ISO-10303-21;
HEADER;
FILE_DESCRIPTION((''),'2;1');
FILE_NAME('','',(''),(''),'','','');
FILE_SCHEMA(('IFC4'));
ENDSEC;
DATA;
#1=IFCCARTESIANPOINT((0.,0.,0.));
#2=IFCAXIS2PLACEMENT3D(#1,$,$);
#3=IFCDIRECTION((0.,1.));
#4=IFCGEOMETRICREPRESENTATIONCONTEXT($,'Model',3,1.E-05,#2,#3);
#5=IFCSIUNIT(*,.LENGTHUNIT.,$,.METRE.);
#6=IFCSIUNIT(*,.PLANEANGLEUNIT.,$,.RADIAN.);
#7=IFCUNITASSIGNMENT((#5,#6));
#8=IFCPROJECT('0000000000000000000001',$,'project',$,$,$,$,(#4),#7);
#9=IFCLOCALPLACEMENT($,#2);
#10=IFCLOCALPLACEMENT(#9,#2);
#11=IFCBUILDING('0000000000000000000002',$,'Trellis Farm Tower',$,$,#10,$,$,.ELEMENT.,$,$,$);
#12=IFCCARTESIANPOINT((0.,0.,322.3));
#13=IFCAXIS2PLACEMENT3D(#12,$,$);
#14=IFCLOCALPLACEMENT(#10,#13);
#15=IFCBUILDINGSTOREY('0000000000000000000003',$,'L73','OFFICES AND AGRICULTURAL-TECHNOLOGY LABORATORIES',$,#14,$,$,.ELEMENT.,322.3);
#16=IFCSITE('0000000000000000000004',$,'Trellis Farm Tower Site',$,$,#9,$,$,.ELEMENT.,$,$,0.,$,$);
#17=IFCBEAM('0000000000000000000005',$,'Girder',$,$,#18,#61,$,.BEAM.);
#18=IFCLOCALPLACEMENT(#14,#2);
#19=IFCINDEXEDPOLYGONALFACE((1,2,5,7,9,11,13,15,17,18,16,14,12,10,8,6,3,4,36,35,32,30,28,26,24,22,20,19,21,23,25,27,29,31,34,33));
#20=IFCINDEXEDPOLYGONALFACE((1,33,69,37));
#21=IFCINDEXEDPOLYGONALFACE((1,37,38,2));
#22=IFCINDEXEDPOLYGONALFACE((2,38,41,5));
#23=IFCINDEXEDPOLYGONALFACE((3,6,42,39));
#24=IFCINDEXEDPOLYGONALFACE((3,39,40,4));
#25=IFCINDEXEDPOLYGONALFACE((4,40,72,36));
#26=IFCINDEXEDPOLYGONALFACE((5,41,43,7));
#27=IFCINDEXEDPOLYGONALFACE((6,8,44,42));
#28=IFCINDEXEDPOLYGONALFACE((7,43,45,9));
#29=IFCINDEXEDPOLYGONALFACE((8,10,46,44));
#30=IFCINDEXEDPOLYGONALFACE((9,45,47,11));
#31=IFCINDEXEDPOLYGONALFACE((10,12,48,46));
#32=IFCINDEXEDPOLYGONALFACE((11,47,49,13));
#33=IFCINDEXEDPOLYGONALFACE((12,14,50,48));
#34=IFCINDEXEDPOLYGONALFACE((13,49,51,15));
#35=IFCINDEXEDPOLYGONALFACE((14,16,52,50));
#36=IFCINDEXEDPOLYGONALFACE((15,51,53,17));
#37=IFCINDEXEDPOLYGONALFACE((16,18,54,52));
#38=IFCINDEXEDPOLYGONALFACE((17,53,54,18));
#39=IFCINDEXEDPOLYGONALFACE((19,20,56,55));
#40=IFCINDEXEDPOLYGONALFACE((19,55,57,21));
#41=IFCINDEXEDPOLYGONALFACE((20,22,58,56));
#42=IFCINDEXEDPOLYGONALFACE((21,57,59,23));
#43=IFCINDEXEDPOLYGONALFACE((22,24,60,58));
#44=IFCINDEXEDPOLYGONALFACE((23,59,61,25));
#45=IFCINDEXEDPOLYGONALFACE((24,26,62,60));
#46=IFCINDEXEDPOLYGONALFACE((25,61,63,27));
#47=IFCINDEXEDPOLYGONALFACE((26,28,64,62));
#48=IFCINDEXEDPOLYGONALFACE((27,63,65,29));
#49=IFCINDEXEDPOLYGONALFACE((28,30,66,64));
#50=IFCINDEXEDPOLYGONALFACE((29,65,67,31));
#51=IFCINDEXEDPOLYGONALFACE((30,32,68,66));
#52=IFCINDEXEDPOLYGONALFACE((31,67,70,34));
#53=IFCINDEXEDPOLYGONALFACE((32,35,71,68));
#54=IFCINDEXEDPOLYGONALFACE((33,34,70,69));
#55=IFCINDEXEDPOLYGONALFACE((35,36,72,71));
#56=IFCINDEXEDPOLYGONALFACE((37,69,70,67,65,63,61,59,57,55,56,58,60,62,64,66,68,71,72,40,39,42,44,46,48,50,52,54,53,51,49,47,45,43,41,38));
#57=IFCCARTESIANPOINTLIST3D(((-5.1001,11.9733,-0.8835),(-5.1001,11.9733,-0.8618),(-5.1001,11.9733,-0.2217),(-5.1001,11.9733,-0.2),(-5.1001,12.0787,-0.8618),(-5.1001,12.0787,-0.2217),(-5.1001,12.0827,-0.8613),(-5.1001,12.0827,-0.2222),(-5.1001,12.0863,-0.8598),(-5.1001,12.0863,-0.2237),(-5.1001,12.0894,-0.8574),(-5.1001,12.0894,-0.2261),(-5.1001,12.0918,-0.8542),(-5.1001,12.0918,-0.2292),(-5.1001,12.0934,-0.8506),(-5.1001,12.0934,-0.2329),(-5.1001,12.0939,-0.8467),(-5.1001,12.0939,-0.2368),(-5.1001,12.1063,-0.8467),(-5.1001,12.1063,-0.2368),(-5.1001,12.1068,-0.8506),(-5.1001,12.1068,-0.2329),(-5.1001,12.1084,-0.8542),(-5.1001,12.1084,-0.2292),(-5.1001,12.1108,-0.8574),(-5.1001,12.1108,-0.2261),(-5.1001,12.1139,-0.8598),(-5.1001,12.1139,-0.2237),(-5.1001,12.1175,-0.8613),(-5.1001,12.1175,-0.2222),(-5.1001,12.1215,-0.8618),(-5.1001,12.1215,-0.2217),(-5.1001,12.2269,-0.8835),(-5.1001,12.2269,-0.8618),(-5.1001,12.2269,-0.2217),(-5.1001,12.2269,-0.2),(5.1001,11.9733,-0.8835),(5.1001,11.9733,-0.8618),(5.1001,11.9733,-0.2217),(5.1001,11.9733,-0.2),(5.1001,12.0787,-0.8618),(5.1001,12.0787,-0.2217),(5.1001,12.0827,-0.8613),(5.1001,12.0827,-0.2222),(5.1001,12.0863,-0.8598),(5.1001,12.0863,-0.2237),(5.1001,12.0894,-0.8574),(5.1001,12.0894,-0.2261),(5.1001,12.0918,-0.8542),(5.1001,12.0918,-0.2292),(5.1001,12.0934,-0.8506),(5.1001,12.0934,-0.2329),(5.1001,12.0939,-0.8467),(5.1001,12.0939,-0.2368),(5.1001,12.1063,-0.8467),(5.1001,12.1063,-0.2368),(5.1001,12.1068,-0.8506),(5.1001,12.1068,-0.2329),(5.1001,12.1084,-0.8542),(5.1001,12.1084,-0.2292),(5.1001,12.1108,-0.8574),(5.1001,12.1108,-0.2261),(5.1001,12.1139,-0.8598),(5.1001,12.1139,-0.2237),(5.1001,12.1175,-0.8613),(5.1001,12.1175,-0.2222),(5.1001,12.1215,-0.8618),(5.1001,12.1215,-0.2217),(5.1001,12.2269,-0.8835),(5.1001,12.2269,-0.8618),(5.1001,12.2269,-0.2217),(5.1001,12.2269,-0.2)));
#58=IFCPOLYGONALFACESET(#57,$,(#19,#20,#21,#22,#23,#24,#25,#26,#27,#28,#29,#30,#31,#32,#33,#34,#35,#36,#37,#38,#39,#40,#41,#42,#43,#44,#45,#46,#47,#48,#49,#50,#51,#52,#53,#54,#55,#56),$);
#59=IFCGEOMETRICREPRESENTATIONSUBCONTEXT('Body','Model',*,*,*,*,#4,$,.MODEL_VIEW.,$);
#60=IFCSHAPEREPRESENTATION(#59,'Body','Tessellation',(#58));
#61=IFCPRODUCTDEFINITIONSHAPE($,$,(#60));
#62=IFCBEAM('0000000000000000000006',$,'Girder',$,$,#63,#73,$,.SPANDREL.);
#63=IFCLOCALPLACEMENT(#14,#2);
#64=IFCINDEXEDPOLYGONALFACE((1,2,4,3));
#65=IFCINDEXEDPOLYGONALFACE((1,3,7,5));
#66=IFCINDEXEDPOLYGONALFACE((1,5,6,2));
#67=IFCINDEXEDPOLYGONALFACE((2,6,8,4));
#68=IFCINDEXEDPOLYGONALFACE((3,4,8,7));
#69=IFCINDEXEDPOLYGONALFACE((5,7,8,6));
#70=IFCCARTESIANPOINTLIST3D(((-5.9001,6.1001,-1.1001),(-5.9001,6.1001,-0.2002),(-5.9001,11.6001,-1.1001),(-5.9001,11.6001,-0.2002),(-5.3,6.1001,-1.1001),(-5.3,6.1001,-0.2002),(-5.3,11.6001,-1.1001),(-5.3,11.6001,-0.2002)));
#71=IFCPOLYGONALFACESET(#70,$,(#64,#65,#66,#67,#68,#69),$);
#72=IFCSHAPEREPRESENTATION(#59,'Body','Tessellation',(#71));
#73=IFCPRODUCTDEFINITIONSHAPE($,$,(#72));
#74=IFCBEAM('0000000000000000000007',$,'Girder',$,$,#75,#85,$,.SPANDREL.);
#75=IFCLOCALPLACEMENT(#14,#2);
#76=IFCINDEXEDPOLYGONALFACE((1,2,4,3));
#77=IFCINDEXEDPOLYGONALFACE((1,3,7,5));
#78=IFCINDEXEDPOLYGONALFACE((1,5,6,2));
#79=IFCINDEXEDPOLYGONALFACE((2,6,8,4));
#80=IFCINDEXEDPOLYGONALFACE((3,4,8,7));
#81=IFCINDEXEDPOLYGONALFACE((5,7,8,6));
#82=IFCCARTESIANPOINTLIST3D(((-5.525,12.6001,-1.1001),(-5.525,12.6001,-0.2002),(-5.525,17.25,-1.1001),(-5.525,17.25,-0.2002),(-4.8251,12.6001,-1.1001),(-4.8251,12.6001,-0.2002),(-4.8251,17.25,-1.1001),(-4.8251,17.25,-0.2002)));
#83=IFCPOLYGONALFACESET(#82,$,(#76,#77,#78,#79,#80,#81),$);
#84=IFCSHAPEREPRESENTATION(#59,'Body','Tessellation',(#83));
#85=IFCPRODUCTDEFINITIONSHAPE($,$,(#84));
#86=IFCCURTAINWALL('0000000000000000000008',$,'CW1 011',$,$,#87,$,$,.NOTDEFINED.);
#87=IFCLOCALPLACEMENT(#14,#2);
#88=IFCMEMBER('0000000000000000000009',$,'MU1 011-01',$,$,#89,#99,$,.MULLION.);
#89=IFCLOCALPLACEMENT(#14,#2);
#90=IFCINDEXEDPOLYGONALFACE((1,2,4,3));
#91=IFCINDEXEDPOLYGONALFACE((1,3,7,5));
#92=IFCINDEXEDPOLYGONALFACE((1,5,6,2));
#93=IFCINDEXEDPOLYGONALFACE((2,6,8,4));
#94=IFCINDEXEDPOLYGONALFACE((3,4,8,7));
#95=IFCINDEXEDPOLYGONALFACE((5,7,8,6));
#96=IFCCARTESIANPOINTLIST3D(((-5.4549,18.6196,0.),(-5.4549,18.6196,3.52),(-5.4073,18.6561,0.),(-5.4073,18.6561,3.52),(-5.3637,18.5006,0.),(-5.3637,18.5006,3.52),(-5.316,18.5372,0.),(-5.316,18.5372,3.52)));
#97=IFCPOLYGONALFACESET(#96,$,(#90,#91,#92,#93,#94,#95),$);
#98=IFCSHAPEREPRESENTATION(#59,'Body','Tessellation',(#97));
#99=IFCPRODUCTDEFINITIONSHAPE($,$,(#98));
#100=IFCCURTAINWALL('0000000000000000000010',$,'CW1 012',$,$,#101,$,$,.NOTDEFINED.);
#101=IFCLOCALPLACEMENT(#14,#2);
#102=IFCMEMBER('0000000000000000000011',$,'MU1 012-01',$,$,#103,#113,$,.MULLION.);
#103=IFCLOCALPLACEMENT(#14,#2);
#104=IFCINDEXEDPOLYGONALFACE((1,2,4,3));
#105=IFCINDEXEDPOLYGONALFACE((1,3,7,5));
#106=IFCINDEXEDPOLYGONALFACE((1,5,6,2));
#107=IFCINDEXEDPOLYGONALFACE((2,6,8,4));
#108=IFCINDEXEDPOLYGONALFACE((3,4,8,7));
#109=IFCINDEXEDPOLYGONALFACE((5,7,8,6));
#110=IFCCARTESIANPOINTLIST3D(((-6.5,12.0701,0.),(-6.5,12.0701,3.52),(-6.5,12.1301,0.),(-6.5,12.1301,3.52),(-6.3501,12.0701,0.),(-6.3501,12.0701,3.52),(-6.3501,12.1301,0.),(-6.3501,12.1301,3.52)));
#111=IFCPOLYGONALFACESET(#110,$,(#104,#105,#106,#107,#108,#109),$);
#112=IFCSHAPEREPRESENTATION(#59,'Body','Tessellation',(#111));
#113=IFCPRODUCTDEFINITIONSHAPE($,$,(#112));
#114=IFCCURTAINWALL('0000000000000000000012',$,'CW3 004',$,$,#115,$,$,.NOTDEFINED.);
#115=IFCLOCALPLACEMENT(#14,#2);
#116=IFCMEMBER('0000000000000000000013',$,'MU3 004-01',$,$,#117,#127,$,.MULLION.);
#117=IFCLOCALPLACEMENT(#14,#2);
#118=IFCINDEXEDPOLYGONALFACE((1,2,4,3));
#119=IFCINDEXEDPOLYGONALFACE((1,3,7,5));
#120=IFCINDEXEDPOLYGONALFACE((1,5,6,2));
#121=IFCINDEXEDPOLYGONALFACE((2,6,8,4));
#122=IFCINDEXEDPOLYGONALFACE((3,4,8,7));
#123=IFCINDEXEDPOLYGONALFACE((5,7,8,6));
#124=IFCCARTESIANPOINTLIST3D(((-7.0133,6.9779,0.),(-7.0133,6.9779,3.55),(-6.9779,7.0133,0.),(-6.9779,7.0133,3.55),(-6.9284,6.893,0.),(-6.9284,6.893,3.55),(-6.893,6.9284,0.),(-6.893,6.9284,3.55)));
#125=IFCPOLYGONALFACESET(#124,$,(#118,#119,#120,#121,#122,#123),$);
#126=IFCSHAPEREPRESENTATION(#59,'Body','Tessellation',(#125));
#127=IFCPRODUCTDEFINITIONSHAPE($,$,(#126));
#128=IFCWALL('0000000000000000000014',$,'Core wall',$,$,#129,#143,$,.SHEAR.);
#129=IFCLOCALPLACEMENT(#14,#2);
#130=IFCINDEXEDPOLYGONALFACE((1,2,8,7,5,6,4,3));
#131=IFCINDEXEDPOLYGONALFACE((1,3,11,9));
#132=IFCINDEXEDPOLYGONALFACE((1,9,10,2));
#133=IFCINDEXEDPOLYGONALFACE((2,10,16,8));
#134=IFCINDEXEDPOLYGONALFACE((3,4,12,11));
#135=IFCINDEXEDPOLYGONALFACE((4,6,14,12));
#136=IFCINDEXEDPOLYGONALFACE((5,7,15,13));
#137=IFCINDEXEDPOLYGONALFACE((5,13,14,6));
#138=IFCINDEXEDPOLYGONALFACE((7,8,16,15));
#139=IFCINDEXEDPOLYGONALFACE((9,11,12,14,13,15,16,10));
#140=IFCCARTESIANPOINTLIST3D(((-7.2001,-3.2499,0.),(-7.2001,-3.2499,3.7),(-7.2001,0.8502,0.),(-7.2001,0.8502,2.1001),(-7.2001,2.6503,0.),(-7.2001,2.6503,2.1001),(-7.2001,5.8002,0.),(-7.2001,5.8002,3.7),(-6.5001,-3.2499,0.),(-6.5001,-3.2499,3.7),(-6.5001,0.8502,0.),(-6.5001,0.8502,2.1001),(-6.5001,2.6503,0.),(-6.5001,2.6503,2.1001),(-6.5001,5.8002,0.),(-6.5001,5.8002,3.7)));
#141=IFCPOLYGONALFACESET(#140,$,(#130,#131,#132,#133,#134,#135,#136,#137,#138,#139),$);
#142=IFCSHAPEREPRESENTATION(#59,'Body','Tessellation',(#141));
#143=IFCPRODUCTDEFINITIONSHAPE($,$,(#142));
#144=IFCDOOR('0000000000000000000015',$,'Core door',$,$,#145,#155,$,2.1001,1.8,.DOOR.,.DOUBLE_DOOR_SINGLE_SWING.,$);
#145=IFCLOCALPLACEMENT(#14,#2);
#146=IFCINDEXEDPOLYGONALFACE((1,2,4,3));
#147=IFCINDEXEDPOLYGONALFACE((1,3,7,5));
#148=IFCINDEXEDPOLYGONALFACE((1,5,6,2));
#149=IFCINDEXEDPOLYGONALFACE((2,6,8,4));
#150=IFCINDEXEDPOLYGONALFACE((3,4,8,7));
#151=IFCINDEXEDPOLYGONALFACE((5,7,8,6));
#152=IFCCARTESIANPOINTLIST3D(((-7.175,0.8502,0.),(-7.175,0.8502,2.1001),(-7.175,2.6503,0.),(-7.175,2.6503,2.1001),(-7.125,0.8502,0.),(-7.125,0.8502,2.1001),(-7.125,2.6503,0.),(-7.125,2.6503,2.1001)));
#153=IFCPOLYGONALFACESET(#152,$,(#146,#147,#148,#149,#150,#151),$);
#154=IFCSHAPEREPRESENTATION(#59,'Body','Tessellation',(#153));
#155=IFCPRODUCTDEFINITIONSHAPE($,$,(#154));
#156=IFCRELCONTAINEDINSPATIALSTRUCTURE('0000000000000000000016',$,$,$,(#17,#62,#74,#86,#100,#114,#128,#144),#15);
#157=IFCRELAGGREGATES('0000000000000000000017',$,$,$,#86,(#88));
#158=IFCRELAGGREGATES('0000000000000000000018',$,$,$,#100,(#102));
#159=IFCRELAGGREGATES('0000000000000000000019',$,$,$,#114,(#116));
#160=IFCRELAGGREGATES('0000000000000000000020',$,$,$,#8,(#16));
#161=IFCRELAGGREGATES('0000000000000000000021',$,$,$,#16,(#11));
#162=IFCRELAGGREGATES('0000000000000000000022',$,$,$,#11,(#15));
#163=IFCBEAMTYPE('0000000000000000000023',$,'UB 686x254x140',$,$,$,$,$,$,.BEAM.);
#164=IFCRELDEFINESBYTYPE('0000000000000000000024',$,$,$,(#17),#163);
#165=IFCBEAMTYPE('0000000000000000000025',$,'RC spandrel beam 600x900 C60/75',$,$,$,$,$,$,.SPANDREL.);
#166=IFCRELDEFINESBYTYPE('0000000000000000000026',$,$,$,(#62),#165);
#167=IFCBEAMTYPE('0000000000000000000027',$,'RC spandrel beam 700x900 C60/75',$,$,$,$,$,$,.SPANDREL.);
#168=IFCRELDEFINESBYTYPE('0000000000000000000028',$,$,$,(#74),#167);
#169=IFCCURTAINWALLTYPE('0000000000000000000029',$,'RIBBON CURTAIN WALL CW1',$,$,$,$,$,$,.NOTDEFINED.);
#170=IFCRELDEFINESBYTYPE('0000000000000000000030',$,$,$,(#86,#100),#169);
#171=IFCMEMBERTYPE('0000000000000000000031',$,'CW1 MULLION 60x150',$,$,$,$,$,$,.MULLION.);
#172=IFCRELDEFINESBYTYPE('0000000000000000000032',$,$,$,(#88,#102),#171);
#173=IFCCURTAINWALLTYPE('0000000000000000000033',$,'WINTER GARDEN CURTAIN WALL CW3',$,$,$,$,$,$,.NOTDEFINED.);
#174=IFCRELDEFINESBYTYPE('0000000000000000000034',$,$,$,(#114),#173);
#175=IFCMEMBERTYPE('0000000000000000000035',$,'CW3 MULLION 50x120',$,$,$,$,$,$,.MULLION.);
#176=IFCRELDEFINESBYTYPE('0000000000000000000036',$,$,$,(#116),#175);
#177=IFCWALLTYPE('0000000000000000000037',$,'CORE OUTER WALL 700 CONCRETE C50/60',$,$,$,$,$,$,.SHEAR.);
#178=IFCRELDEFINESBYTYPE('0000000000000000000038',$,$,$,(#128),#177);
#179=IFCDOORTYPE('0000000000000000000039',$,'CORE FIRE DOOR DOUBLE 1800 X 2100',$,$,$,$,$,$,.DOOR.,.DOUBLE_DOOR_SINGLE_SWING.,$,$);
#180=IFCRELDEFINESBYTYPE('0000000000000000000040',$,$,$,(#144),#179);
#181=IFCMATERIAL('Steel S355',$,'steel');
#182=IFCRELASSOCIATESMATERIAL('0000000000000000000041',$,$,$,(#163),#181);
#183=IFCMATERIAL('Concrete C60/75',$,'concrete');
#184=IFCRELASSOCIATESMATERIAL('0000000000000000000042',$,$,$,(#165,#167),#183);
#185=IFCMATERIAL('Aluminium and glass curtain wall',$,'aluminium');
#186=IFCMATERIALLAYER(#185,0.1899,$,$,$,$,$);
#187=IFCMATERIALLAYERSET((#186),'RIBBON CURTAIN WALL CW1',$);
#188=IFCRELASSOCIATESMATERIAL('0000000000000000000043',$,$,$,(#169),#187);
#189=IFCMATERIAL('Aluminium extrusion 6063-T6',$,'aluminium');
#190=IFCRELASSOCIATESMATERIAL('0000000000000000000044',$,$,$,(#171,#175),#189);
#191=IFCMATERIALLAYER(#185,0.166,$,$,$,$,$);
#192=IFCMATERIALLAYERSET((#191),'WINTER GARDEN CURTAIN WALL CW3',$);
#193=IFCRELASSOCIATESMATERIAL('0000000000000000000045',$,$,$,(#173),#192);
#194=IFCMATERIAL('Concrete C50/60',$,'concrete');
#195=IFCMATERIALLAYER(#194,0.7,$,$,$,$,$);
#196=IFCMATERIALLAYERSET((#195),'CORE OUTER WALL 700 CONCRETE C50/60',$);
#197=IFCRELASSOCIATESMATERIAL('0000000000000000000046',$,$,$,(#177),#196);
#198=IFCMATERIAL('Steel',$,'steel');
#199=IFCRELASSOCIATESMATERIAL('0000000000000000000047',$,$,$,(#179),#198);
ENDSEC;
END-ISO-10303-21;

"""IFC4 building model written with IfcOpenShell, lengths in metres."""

from ifc_helpers import new_model, si_unit, direction, frame, frame_2d, origin, origin_2d, place, context, subcontext, project, spatial, rectangle, i_section, extrude, source, transform, mapped, material, layer, layer_set, material_profile, profile_set, type_object, element, fill, aggregate, save


model = new_model("IFC4")

# Units and contexts
model_context = context("Model", 3, precision=1e-05, world=origin(), true_north=direction((0.0, 1.0)))
body_context = subcontext(model_context, "Body", "Model", "MODEL_VIEW")
ifc_project = project(units=[si_unit("LENGTHUNIT", "METRE"), si_unit("PLANEANGLEUNIT", "RADIAN")], contexts=[model_context])

# Site, building, storey
site_placement = place(None, origin())
site = spatial("IfcSite", under=ifc_project, at=site_placement, Name="Trellis Farm Tower Site", CompositionType="ELEMENT", RefElevation=0.0)
building_placement = place(site_placement, origin())
building = spatial("IfcBuilding", under=site, at=building_placement, Name="Trellis Farm Tower", CompositionType="ELEMENT")
storey_placement = place(building_placement, frame((0.0, 0.0, 322.3)))
storey = spatial("IfcBuildingStorey", under=building, at=storey_placement, Name="L73", Description="OFFICES AND AGRICULTURAL-TECHNOLOGY LABORATORIES", CompositionType="ELEMENT", Elevation=322.3)

# Shared definitions
ifc_material_1 = material(Name="Concrete C60/75", Category="concrete")

# Beams
ifc_material_2 = material(Name="Steel S355", Category="steel")
ifc_material_profile_1 = material_profile(ifc_material_2, i_section(OverallWidth=0.2537, OverallDepth=0.6836, WebThickness=0.0125, FlangeThickness=0.0217, FilletRadius=0.0151, at=origin_2d()), Name="UB 686x254x140")
ifc_profile_set_1 = profile_set([ifc_material_profile_1], Name="Steel S355")
beam_type_1 = type_object("IfcBeamType", Name="UB 686x254x140", PredefinedType="BEAM", material=ifc_profile_set_1)
shared_shape_1 = source(origin(), body_context, "Body", "SweptSolid", [
    extrude(i_section(OverallWidth=0.2537, OverallDepth=0.6836, WebThickness=0.0125, FlangeThickness=0.0217, FilletRadius=0.0151, at=origin_2d()), origin(), (0.0, 0.0, 1.0), 10.2002),
])
for number, where, z_axis, x_axis, name in (
    (1, (-5.1001, 12.1001, -0.5417), (1.0, 0.0, 0.0), (0.0, 1.0, 0.0), "Girder"),
):
    element("IfcBeam", number, at=place(storey_placement, frame(where, z_axis=z_axis, x_axis=x_axis)), inside=storey, type_object=beam_type_1, Name=name, PredefinedType="BEAM", context=body_context, shape_type="MappedRepresentation", body=[
        mapped(shared_shape_1, transform((0.0, 0.0, 0.0))),
    ])
ifc_material_profile_2 = material_profile(ifc_material_1, rectangle(XDim=0.6001, YDim=0.8999, at=origin_2d()), Name="RC spandrel beam 600x900 C60/75")
ifc_profile_set_2 = profile_set([ifc_material_profile_2], Name="Concrete C60/75")
beam_type_2 = type_object("IfcBeamType", Name="RC spandrel beam 600x900 C60/75", PredefinedType="SPANDREL", material=ifc_profile_set_2)
shared_shape_2 = source(origin(), body_context, "Body", "SweptSolid", [
    extrude(rectangle(XDim=0.6001, YDim=0.8999, at=origin_2d()), origin(), (0.0, 0.0, 1.0), 5.5),
])
beam_1_placement = place(storey_placement, frame((-5.6001, 6.1001, -0.6501), z_axis=(0.0, 1.0, 0.0), x_axis=(-1.0, 0.0, 0.0)))
element("IfcBeam", 2, at=beam_1_placement, inside=storey, type_object=beam_type_2, Name="Girder", PredefinedType="SPANDREL", context=body_context, shape_type="MappedRepresentation", body=[
    mapped(shared_shape_2, transform((0.0, 0.0, 0.0))),
])
ifc_material_profile_3 = material_profile(ifc_material_1, rectangle(XDim=0.7, YDim=0.8999, at=origin_2d()), Name="RC spandrel beam 700x900 C60/75")
ifc_profile_set_3 = profile_set([ifc_material_profile_3], Name="Concrete C60/75")
beam_type_3 = type_object("IfcBeamType", Name="RC spandrel beam 700x900 C60/75", PredefinedType="SPANDREL", material=ifc_profile_set_3)
shared_shape_3 = source(origin(), body_context, "Body", "SweptSolid", [
    extrude(rectangle(XDim=0.7, YDim=0.8999, at=origin_2d()), origin(), (0.0, 0.0, 1.0), 4.6499),
])
beam_2_placement = place(storey_placement, frame((-5.175, 12.6001, -0.6501), z_axis=(0.0, 1.0, 0.0), x_axis=(-1.0, 0.0, 0.0)))
element("IfcBeam", 3, at=beam_2_placement, inside=storey, type_object=beam_type_3, Name="Girder", PredefinedType="SPANDREL", context=body_context, shape_type="MappedRepresentation", body=[
    mapped(shared_shape_3, transform((0.0, 0.0, 0.0))),
])

# Curtain walls, members
ifc_material_3 = material(Name="Aluminium and glass curtain wall", Category="aluminium")
ifc_layer_1 = layer(ifc_material_3, 0.1899)
ifc_layer_set_1 = layer_set([ifc_layer_1], Name="RIBBON CURTAIN WALL CW1")
curtain_wall_type_1 = type_object("IfcCurtainWallType", Name="RIBBON CURTAIN WALL CW1", PredefinedType="NOTDEFINED", material=ifc_layer_set_1)
placement = place(storey_placement, origin())
curtain_wall_1 = element("IfcCurtainWall", 4, at=placement, inside=storey, type_object=curtain_wall_type_1, Name="CW1 011", PredefinedType="NOTDEFINED")
ifc_material_4 = material(Name="Aluminium extrusion 6063-T6", Category="aluminium")
ifc_material_profile_4 = material_profile(ifc_material_4, rectangle(XDim=0.0601, YDim=0.1499, at=origin_2d()), Name="MULLION 60x150")
ifc_profile_set_4 = profile_set([ifc_material_profile_4], Name="Aluminium extrusion 6063-T6")
member_type_1 = type_object("IfcMemberType", Name="CW1 MULLION 60x150", PredefinedType="MULLION", material=ifc_profile_set_4)
shared_shape_4 = source(origin(), body_context, "Body", "SweptSolid", [
    extrude(rectangle(XDim=0.0601, YDim=0.1499, at=origin_2d()), origin(), (0.0, 0.0, 1.0), 3.52),
])
member_1_placement = place(storey_placement, frame((-5.3855, 18.5784, 0.0), z_axis=(0.0, 0.0, 1.0), x_axis=(-0.793353, -0.608761, 0.0)))
member_1 = element("IfcMember", 5, at=member_1_placement, type_object=member_type_1, Name="MU1 011-01", PredefinedType="MULLION", context=body_context, shape_type="MappedRepresentation", body=[
    mapped(shared_shape_4, transform((0.0, 0.0, 0.0))),
])
aggregate(curtain_wall_1, [member_1])
curtain_wall_2 = element("IfcCurtainWall", 6, at=placement, inside=storey, type_object=curtain_wall_type_1, Name="CW1 012", PredefinedType="NOTDEFINED")
member_2_placement = place(storey_placement, frame((-6.425, 12.1001, 0.0), z_axis=(0.0, 0.0, 1.0), x_axis=(0.0, -1.0, 0.0)))
member_2 = element("IfcMember", 7, at=member_2_placement, type_object=member_type_1, Name="MU1 012-01", PredefinedType="MULLION", context=body_context, shape_type="MappedRepresentation", body=[
    mapped(shared_shape_4, transform((0.0, 0.0, 0.0))),
])
aggregate(curtain_wall_2, [member_2])
ifc_layer_2 = layer(ifc_material_3, 0.166)
ifc_layer_set_2 = layer_set([ifc_layer_2], Name="WINTER GARDEN CURTAIN WALL CW3")
curtain_wall_type_2 = type_object("IfcCurtainWallType", Name="WINTER GARDEN CURTAIN WALL CW3", PredefinedType="NOTDEFINED", material=ifc_layer_set_2)
curtain_wall_3 = element("IfcCurtainWall", 8, at=placement, inside=storey, type_object=curtain_wall_type_2, Name="CW3 004", PredefinedType="NOTDEFINED")
ifc_material_profile_5 = material_profile(ifc_material_4, rectangle(XDim=0.05, YDim=0.1201, at=origin_2d()), Name="MULLION 50x120")
ifc_profile_set_5 = profile_set([ifc_material_profile_5], Name="Aluminium extrusion 6063-T6")
member_type_2 = type_object("IfcMemberType", Name="CW3 MULLION 50x120", PredefinedType="MULLION", material=ifc_profile_set_5)
shared_shape_5 = source(origin(), body_context, "Body", "SweptSolid", [
    extrude(rectangle(XDim=0.05, YDim=0.1201, at=origin_2d()), origin(), (0.0, 0.0, 1.0), 3.55),
])
member_3_placement = place(storey_placement, frame((-6.9531, 6.9531, 0.0), z_axis=(0.0, 0.0, 1.0), x_axis=(-0.707107, -0.707107, 0.0)))
member_3 = element("IfcMember", 9, at=member_3_placement, type_object=member_type_2, Name="MU3 004-01", PredefinedType="MULLION", context=body_context, shape_type="MappedRepresentation", body=[
    mapped(shared_shape_5, transform((0.0, 0.0, 0.0))),
])
aggregate(curtain_wall_3, [member_3])

# Wall, opening, door
ifc_material_5 = material(Name="Concrete C50/60", Category="concrete")
ifc_layer_3 = layer(ifc_material_5, 0.7)
ifc_layer_set_3 = layer_set([ifc_layer_3], Name="CORE OUTER WALL 700 CONCRETE C50/60")
wall_type_1 = type_object("IfcWallType", Name="CORE OUTER WALL 700 CONCRETE C50/60", PredefinedType="SHEAR", material=ifc_layer_set_3)
shared_shape_6 = source(origin(), body_context, "Body", "SweptSolid", [
    extrude(rectangle(XDim=9.05, YDim=0.7, at=frame_2d((4.5249, 0.0))), origin(), (0.0, 0.0, 1.0), 3.7),
])
wall_1_placement = place(storey_placement, frame((-6.8501, 5.8, 0.0), z_axis=(0.0, 0.0, 1.0), x_axis=(0.0, -1.0, 0.0)))
wall_1 = element("IfcWall", 10, at=wall_1_placement, inside=storey, type_object=wall_type_1, Name="Core wall", PredefinedType="SHEAR", context=body_context, shape_type="MappedRepresentation", body=[
    mapped(shared_shape_6, transform((0.0, 0.0, 0.0))),
])
shared_shape_7 = source(origin(), body_context, "Body", "SweptSolid", [
    extrude(rectangle(XDim=1.8, YDim=2.1001, at=frame_2d((0.8999, 1.05))), frame((0.0, 0.3601, 0.0), z_axis=(0.0, -1.0, 0.0), x_axis=(1.0, 0.0, 0.0)), (0.0, 0.0, 1.0), 0.7202),
])
opening_1_placement = place(wall_1_placement, frame((3.1499, 0.0, 0.0)))
opening_1 = element("IfcOpeningElement", 11, at=opening_1_placement, cuts=wall_1, PredefinedType="OPENING", context=body_context, shape_type="MappedRepresentation", body=[
    mapped(shared_shape_7, transform((0.0, 0.0, 0.0))),
])
ifc_material_6 = material(Name="Steel", Category="steel")
door_type_1 = type_object("IfcDoorType", Name="CORE FIRE DOOR DOUBLE 1800 X 2100", OperationType="DOUBLE_DOOR_SINGLE_SWING", PredefinedType="DOOR", material=ifc_material_6)
shared_shape_8 = source(origin(), body_context, "Body", "SweptSolid", [
    extrude(rectangle(XDim=1.8, YDim=2.1001, at=frame_2d((0.8999, 1.05))), frame((0.0, -0.2749, 0.0), z_axis=(0.0, -1.0, 0.0), x_axis=(1.0, 0.0, 0.0)), (0.0, 0.0, 1.0), 0.05),
])
door_1_placement = place(opening_1_placement, origin())
door_1 = element("IfcDoor", 12, at=door_1_placement, inside=storey, type_object=door_type_1, Name="Core door", OperationType="DOUBLE_DOOR_SINGLE_SWING", OverallHeight=2.1001, OverallWidth=1.8, PredefinedType="DOOR", context=body_context, shape_type="MappedRepresentation", body=[
    mapped(shared_shape_8, transform((0.0, 0.0, 0.0))),
])
fill(opening_1, door_1)

save(model, "model.ifc")
